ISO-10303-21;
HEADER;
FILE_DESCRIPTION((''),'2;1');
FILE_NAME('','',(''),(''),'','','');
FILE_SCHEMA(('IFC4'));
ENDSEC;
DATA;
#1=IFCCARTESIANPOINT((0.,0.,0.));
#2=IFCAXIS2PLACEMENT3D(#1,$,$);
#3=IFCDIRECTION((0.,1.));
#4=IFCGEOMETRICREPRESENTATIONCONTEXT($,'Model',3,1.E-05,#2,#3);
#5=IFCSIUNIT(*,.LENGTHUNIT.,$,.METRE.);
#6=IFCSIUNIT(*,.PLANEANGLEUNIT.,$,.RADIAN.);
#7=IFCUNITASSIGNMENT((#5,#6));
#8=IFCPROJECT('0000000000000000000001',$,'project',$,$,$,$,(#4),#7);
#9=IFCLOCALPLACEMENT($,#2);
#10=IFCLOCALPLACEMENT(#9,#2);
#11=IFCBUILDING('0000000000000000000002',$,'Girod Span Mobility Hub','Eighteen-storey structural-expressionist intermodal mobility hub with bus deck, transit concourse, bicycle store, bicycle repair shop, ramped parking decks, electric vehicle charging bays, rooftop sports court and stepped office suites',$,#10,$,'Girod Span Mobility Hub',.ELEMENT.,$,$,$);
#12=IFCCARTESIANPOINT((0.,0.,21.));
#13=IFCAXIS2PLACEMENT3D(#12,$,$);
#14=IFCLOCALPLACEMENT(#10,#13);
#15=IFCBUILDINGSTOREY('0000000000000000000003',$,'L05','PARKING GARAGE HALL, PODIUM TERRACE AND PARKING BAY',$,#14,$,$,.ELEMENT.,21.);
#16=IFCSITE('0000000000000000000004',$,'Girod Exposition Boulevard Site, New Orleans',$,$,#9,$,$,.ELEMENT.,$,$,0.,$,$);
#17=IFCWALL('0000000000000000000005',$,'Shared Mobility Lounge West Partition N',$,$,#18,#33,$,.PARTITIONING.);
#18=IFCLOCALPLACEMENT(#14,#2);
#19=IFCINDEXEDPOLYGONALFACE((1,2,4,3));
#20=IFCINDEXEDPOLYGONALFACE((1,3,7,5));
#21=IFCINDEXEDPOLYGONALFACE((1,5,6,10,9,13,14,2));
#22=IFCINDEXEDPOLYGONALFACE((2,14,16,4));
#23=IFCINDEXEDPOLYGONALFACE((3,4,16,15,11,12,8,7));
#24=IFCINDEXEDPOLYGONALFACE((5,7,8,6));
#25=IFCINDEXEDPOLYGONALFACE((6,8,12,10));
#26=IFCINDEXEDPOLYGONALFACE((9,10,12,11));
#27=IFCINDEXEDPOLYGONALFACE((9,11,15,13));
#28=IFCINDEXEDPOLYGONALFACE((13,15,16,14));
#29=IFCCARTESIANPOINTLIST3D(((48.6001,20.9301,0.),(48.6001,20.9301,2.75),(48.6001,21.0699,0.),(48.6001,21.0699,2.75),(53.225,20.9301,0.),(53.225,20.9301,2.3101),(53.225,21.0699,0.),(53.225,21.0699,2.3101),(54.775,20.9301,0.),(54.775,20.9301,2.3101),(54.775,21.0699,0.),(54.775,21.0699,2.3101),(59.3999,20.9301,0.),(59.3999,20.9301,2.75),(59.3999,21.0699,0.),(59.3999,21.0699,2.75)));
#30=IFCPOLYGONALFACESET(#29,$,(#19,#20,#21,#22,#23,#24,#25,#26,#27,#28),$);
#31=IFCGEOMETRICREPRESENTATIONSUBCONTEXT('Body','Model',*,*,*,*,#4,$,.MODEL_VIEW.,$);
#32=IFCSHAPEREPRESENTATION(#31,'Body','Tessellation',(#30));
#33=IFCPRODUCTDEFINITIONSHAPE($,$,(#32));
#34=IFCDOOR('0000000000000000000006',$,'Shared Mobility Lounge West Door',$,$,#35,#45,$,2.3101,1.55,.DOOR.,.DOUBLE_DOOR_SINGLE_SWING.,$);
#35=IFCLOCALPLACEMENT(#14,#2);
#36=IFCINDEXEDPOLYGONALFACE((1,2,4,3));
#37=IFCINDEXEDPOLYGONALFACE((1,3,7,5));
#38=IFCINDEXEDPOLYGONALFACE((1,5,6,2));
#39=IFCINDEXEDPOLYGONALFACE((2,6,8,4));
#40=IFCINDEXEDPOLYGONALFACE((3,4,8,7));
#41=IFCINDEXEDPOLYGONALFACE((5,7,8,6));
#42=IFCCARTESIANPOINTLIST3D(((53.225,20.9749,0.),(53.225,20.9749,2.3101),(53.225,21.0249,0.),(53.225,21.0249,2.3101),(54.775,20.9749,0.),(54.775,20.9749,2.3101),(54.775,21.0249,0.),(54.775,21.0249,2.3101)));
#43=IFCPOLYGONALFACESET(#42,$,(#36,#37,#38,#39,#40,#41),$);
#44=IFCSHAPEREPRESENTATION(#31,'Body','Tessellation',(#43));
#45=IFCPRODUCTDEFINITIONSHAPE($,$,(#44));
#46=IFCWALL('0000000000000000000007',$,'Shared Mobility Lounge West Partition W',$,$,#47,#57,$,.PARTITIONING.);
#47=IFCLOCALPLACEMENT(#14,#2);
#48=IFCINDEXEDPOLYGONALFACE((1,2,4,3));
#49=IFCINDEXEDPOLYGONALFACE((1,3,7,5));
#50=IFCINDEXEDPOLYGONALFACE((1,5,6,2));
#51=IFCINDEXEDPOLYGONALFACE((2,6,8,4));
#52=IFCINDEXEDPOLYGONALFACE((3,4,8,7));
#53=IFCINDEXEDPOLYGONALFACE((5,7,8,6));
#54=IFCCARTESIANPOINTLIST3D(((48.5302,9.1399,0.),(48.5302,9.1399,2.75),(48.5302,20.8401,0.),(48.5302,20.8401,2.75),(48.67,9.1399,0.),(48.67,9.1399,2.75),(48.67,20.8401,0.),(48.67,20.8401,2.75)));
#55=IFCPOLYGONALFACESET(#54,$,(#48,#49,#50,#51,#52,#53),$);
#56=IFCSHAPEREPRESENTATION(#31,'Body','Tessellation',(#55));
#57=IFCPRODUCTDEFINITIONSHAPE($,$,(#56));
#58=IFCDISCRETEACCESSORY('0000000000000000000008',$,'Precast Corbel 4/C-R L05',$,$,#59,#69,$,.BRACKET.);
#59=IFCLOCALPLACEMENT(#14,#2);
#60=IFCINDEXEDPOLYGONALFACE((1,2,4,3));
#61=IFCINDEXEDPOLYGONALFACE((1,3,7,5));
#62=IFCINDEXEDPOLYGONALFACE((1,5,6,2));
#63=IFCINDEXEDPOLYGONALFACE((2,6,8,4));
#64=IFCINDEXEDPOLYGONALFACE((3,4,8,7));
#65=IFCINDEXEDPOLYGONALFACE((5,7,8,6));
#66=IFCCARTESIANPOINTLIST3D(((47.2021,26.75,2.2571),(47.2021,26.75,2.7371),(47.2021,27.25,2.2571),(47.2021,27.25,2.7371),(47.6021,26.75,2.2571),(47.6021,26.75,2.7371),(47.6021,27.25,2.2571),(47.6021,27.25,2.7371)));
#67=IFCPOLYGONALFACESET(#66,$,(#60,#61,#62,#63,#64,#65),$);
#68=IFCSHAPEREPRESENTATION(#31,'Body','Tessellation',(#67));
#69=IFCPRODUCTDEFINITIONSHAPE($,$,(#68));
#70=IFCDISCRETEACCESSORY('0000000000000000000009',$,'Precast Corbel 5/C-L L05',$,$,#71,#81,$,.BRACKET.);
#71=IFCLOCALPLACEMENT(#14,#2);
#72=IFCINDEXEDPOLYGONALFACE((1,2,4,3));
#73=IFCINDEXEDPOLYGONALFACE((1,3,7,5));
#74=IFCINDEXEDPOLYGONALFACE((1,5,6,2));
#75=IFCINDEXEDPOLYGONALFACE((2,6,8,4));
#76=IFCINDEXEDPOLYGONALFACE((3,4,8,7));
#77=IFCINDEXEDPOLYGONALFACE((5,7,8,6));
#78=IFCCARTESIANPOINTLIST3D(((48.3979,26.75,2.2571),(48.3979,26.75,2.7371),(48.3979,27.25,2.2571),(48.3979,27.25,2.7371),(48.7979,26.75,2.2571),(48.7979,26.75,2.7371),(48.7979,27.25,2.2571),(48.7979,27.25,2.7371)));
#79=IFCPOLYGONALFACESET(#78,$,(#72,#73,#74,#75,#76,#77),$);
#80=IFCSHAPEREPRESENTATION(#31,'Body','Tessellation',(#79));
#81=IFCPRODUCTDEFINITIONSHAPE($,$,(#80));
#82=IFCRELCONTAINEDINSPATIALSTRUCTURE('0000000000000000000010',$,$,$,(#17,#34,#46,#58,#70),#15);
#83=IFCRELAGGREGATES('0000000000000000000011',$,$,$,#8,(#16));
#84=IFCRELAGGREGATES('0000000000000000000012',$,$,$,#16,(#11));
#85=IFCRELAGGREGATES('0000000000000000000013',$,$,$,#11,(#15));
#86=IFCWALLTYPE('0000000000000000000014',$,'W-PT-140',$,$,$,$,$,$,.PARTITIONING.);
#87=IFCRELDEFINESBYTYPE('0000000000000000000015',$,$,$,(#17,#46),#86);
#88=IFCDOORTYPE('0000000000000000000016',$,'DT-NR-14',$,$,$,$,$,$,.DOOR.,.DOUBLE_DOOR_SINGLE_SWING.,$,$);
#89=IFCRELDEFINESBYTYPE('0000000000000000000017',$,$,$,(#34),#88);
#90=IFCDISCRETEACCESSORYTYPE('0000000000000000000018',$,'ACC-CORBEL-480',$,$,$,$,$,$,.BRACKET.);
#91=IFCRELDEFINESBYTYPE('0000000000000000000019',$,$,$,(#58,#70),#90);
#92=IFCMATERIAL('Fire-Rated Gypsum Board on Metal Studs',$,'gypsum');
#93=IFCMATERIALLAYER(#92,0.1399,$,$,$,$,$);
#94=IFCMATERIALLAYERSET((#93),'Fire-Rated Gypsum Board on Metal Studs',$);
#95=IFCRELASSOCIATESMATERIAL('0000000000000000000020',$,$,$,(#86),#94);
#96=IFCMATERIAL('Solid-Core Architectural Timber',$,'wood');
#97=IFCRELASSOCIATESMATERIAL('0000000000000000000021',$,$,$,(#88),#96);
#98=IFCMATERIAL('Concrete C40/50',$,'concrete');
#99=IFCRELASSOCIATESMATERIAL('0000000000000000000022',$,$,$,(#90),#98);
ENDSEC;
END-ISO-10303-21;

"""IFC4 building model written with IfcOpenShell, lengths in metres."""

from ifc_helpers import new_model, si_unit, direction, frame, frame_2d, origin, origin_2d, place, context, subcontext, project, spatial, rectangle, extrude, material, layer, layer_set, type_object, element, fill, save


model = new_model("IFC4")

# Units and contexts
model_context = context("Model", 3, precision=1e-05, world=origin(), true_north=direction((0.0, 1.0)))
body_context = subcontext(model_context, "Body", "Model", "MODEL_VIEW")
ifc_project = project(units=[si_unit("LENGTHUNIT", "METRE"), si_unit("PLANEANGLEUNIT", "RADIAN")], contexts=[model_context])

# Site, building, storey
site_placement = place(None, origin())
site = spatial("IfcSite", under=ifc_project, at=site_placement, Name="Girod Exposition Boulevard Site, New Orleans", CompositionType="ELEMENT", RefElevation=0.0)
building_placement = place(site_placement, origin())
building = spatial("IfcBuilding", under=site, at=building_placement, Name="Girod Span Mobility Hub", Description="Eighteen-storey structural-expressionist intermodal mobility hub with bus deck, transit concourse, bicycle store, bicycle repair shop, ramped parking decks, electric vehicle charging bays, rooftop sports court and stepped office suites", LongName="Girod Span Mobility Hub", CompositionType="ELEMENT")
storey_placement = place(building_placement, frame((0.0, 0.0, 21.0)))
storey = spatial("IfcBuildingStorey", under=building, at=storey_placement, Name="L05", Description="PARKING GARAGE HALL, PODIUM TERRACE AND PARKING BAY", CompositionType="ELEMENT", Elevation=21.0)

# Wall, opening, door
ifc_material_1 = material(Name="Fire-Rated Gypsum Board on Metal Studs", Category="gypsum")
ifc_layer_1 = layer(ifc_material_1, 0.1399)
ifc_layer_set_1 = layer_set([ifc_layer_1], Name="Fire-Rated Gypsum Board on Metal Studs")
wall_type_1 = type_object("IfcWallType", Name="W-PT-140", PredefinedType="PARTITIONING", material=ifc_layer_set_1)
wall_1_placement = place(storey_placement, frame((48.6001, 21.0, 0.0), z_axis=(0.0, 0.0, 1.0), x_axis=(1.0, 0.0, 0.0)))
wall_1 = element("IfcWall", 1, at=wall_1_placement, inside=storey, type_object=wall_type_1, Name="Shared Mobility Lounge West Partition N", PredefinedType="PARTITIONING", context=body_context, shape_type="SweptSolid", body=[
    extrude(rectangle(XDim=10.7998, YDim=0.1399, at=frame_2d((5.3999, 0.0))), origin(), (0.0, 0.0, 1.0), 2.75),
])
opening_1_placement = place(wall_1_placement, frame((4.625, 0.0, 0.0)))
opening_1 = element("IfcOpeningElement", 2, at=opening_1_placement, cuts=wall_1, PredefinedType="OPENING", context=body_context, shape_type="SweptSolid", body=[
    extrude(rectangle(XDim=1.55, YDim=2.3101, at=frame_2d((0.7749, 1.155))), frame((0.0, 0.085, 0.0), z_axis=(0.0, -1.0, 0.0), x_axis=(1.0, 0.0, 0.0)), (0.0, 0.0, 1.0), 0.1699),
])
ifc_material_2 = material(Name="Solid-Core Architectural Timber", Category="wood")
door_type_1 = type_object("IfcDoorType", Name="DT-NR-14", OperationType="DOUBLE_DOOR_SINGLE_SWING", PredefinedType="DOOR", material=ifc_material_2)
door_1_placement = place(opening_1_placement, origin())
door_1 = element("IfcDoor", 3, at=door_1_placement, inside=storey, type_object=door_type_1, Name="Shared Mobility Lounge West Door", OperationType="DOUBLE_DOOR_SINGLE_SWING", OverallHeight=2.3101, OverallWidth=1.55, PredefinedType="DOOR", context=body_context, shape_type="SweptSolid", body=[
    extrude(rectangle(XDim=1.55, YDim=2.3101, at=frame_2d((0.7749, 1.155))), frame((0.0, 0.0249, 0.0), z_axis=(0.0, -1.0, 0.0), x_axis=(1.0, 0.0, 0.0)), (0.0, 0.0, 1.0), 0.05),
])
fill(opening_1, door_1)

# Wall
wall_2_placement = place(storey_placement, frame((48.6001, 9.1399, 0.0), z_axis=(0.0, 0.0, 1.0), x_axis=(0.0, 1.0, 0.0)))
element("IfcWall", 4, at=wall_2_placement, inside=storey, type_object=wall_type_1, Name="Shared Mobility Lounge West Partition W", PredefinedType="PARTITIONING", context=body_context, shape_type="SweptSolid", body=[
    extrude(rectangle(XDim=11.7002, YDim=0.1399, at=frame_2d((5.8501, 0.0))), origin(), (0.0, 0.0, 1.0), 2.75),
])

# Discrete accessories
ifc_material_3 = material(Name="Concrete C40/50", Category="concrete")
discrete_accessory_type = type_object("IfcDiscreteAccessoryType", Name="ACC-CORBEL-480", PredefinedType="BRACKET", material=ifc_material_3)
for number, where, z_axis, x_axis, name in (
    (5, (47.4021, 27.0, 2.2571), (0.0, 0.0, 1.0), (1.0, 0.0, 0.0), "Precast Corbel 4/C-R L05"),
    (6, (48.5979, 27.0, 2.2571), (0.0, 0.0, 1.0), (1.0, 0.0, 0.0), "Precast Corbel 5/C-L L05"),
):
    element("IfcDiscreteAccessory", number, at=place(storey_placement, frame(where, z_axis=z_axis, x_axis=x_axis)), inside=storey, type_object=discrete_accessory_type, Name=name, PredefinedType="BRACKET", context=body_context, shape_type="SweptSolid", body=[
        extrude(rectangle(XDim=0.3999, YDim=0.5, at=origin_2d()), origin(), (0.0, 0.0, 1.0), 0.48),
    ])

save(model, "model.ifc")
